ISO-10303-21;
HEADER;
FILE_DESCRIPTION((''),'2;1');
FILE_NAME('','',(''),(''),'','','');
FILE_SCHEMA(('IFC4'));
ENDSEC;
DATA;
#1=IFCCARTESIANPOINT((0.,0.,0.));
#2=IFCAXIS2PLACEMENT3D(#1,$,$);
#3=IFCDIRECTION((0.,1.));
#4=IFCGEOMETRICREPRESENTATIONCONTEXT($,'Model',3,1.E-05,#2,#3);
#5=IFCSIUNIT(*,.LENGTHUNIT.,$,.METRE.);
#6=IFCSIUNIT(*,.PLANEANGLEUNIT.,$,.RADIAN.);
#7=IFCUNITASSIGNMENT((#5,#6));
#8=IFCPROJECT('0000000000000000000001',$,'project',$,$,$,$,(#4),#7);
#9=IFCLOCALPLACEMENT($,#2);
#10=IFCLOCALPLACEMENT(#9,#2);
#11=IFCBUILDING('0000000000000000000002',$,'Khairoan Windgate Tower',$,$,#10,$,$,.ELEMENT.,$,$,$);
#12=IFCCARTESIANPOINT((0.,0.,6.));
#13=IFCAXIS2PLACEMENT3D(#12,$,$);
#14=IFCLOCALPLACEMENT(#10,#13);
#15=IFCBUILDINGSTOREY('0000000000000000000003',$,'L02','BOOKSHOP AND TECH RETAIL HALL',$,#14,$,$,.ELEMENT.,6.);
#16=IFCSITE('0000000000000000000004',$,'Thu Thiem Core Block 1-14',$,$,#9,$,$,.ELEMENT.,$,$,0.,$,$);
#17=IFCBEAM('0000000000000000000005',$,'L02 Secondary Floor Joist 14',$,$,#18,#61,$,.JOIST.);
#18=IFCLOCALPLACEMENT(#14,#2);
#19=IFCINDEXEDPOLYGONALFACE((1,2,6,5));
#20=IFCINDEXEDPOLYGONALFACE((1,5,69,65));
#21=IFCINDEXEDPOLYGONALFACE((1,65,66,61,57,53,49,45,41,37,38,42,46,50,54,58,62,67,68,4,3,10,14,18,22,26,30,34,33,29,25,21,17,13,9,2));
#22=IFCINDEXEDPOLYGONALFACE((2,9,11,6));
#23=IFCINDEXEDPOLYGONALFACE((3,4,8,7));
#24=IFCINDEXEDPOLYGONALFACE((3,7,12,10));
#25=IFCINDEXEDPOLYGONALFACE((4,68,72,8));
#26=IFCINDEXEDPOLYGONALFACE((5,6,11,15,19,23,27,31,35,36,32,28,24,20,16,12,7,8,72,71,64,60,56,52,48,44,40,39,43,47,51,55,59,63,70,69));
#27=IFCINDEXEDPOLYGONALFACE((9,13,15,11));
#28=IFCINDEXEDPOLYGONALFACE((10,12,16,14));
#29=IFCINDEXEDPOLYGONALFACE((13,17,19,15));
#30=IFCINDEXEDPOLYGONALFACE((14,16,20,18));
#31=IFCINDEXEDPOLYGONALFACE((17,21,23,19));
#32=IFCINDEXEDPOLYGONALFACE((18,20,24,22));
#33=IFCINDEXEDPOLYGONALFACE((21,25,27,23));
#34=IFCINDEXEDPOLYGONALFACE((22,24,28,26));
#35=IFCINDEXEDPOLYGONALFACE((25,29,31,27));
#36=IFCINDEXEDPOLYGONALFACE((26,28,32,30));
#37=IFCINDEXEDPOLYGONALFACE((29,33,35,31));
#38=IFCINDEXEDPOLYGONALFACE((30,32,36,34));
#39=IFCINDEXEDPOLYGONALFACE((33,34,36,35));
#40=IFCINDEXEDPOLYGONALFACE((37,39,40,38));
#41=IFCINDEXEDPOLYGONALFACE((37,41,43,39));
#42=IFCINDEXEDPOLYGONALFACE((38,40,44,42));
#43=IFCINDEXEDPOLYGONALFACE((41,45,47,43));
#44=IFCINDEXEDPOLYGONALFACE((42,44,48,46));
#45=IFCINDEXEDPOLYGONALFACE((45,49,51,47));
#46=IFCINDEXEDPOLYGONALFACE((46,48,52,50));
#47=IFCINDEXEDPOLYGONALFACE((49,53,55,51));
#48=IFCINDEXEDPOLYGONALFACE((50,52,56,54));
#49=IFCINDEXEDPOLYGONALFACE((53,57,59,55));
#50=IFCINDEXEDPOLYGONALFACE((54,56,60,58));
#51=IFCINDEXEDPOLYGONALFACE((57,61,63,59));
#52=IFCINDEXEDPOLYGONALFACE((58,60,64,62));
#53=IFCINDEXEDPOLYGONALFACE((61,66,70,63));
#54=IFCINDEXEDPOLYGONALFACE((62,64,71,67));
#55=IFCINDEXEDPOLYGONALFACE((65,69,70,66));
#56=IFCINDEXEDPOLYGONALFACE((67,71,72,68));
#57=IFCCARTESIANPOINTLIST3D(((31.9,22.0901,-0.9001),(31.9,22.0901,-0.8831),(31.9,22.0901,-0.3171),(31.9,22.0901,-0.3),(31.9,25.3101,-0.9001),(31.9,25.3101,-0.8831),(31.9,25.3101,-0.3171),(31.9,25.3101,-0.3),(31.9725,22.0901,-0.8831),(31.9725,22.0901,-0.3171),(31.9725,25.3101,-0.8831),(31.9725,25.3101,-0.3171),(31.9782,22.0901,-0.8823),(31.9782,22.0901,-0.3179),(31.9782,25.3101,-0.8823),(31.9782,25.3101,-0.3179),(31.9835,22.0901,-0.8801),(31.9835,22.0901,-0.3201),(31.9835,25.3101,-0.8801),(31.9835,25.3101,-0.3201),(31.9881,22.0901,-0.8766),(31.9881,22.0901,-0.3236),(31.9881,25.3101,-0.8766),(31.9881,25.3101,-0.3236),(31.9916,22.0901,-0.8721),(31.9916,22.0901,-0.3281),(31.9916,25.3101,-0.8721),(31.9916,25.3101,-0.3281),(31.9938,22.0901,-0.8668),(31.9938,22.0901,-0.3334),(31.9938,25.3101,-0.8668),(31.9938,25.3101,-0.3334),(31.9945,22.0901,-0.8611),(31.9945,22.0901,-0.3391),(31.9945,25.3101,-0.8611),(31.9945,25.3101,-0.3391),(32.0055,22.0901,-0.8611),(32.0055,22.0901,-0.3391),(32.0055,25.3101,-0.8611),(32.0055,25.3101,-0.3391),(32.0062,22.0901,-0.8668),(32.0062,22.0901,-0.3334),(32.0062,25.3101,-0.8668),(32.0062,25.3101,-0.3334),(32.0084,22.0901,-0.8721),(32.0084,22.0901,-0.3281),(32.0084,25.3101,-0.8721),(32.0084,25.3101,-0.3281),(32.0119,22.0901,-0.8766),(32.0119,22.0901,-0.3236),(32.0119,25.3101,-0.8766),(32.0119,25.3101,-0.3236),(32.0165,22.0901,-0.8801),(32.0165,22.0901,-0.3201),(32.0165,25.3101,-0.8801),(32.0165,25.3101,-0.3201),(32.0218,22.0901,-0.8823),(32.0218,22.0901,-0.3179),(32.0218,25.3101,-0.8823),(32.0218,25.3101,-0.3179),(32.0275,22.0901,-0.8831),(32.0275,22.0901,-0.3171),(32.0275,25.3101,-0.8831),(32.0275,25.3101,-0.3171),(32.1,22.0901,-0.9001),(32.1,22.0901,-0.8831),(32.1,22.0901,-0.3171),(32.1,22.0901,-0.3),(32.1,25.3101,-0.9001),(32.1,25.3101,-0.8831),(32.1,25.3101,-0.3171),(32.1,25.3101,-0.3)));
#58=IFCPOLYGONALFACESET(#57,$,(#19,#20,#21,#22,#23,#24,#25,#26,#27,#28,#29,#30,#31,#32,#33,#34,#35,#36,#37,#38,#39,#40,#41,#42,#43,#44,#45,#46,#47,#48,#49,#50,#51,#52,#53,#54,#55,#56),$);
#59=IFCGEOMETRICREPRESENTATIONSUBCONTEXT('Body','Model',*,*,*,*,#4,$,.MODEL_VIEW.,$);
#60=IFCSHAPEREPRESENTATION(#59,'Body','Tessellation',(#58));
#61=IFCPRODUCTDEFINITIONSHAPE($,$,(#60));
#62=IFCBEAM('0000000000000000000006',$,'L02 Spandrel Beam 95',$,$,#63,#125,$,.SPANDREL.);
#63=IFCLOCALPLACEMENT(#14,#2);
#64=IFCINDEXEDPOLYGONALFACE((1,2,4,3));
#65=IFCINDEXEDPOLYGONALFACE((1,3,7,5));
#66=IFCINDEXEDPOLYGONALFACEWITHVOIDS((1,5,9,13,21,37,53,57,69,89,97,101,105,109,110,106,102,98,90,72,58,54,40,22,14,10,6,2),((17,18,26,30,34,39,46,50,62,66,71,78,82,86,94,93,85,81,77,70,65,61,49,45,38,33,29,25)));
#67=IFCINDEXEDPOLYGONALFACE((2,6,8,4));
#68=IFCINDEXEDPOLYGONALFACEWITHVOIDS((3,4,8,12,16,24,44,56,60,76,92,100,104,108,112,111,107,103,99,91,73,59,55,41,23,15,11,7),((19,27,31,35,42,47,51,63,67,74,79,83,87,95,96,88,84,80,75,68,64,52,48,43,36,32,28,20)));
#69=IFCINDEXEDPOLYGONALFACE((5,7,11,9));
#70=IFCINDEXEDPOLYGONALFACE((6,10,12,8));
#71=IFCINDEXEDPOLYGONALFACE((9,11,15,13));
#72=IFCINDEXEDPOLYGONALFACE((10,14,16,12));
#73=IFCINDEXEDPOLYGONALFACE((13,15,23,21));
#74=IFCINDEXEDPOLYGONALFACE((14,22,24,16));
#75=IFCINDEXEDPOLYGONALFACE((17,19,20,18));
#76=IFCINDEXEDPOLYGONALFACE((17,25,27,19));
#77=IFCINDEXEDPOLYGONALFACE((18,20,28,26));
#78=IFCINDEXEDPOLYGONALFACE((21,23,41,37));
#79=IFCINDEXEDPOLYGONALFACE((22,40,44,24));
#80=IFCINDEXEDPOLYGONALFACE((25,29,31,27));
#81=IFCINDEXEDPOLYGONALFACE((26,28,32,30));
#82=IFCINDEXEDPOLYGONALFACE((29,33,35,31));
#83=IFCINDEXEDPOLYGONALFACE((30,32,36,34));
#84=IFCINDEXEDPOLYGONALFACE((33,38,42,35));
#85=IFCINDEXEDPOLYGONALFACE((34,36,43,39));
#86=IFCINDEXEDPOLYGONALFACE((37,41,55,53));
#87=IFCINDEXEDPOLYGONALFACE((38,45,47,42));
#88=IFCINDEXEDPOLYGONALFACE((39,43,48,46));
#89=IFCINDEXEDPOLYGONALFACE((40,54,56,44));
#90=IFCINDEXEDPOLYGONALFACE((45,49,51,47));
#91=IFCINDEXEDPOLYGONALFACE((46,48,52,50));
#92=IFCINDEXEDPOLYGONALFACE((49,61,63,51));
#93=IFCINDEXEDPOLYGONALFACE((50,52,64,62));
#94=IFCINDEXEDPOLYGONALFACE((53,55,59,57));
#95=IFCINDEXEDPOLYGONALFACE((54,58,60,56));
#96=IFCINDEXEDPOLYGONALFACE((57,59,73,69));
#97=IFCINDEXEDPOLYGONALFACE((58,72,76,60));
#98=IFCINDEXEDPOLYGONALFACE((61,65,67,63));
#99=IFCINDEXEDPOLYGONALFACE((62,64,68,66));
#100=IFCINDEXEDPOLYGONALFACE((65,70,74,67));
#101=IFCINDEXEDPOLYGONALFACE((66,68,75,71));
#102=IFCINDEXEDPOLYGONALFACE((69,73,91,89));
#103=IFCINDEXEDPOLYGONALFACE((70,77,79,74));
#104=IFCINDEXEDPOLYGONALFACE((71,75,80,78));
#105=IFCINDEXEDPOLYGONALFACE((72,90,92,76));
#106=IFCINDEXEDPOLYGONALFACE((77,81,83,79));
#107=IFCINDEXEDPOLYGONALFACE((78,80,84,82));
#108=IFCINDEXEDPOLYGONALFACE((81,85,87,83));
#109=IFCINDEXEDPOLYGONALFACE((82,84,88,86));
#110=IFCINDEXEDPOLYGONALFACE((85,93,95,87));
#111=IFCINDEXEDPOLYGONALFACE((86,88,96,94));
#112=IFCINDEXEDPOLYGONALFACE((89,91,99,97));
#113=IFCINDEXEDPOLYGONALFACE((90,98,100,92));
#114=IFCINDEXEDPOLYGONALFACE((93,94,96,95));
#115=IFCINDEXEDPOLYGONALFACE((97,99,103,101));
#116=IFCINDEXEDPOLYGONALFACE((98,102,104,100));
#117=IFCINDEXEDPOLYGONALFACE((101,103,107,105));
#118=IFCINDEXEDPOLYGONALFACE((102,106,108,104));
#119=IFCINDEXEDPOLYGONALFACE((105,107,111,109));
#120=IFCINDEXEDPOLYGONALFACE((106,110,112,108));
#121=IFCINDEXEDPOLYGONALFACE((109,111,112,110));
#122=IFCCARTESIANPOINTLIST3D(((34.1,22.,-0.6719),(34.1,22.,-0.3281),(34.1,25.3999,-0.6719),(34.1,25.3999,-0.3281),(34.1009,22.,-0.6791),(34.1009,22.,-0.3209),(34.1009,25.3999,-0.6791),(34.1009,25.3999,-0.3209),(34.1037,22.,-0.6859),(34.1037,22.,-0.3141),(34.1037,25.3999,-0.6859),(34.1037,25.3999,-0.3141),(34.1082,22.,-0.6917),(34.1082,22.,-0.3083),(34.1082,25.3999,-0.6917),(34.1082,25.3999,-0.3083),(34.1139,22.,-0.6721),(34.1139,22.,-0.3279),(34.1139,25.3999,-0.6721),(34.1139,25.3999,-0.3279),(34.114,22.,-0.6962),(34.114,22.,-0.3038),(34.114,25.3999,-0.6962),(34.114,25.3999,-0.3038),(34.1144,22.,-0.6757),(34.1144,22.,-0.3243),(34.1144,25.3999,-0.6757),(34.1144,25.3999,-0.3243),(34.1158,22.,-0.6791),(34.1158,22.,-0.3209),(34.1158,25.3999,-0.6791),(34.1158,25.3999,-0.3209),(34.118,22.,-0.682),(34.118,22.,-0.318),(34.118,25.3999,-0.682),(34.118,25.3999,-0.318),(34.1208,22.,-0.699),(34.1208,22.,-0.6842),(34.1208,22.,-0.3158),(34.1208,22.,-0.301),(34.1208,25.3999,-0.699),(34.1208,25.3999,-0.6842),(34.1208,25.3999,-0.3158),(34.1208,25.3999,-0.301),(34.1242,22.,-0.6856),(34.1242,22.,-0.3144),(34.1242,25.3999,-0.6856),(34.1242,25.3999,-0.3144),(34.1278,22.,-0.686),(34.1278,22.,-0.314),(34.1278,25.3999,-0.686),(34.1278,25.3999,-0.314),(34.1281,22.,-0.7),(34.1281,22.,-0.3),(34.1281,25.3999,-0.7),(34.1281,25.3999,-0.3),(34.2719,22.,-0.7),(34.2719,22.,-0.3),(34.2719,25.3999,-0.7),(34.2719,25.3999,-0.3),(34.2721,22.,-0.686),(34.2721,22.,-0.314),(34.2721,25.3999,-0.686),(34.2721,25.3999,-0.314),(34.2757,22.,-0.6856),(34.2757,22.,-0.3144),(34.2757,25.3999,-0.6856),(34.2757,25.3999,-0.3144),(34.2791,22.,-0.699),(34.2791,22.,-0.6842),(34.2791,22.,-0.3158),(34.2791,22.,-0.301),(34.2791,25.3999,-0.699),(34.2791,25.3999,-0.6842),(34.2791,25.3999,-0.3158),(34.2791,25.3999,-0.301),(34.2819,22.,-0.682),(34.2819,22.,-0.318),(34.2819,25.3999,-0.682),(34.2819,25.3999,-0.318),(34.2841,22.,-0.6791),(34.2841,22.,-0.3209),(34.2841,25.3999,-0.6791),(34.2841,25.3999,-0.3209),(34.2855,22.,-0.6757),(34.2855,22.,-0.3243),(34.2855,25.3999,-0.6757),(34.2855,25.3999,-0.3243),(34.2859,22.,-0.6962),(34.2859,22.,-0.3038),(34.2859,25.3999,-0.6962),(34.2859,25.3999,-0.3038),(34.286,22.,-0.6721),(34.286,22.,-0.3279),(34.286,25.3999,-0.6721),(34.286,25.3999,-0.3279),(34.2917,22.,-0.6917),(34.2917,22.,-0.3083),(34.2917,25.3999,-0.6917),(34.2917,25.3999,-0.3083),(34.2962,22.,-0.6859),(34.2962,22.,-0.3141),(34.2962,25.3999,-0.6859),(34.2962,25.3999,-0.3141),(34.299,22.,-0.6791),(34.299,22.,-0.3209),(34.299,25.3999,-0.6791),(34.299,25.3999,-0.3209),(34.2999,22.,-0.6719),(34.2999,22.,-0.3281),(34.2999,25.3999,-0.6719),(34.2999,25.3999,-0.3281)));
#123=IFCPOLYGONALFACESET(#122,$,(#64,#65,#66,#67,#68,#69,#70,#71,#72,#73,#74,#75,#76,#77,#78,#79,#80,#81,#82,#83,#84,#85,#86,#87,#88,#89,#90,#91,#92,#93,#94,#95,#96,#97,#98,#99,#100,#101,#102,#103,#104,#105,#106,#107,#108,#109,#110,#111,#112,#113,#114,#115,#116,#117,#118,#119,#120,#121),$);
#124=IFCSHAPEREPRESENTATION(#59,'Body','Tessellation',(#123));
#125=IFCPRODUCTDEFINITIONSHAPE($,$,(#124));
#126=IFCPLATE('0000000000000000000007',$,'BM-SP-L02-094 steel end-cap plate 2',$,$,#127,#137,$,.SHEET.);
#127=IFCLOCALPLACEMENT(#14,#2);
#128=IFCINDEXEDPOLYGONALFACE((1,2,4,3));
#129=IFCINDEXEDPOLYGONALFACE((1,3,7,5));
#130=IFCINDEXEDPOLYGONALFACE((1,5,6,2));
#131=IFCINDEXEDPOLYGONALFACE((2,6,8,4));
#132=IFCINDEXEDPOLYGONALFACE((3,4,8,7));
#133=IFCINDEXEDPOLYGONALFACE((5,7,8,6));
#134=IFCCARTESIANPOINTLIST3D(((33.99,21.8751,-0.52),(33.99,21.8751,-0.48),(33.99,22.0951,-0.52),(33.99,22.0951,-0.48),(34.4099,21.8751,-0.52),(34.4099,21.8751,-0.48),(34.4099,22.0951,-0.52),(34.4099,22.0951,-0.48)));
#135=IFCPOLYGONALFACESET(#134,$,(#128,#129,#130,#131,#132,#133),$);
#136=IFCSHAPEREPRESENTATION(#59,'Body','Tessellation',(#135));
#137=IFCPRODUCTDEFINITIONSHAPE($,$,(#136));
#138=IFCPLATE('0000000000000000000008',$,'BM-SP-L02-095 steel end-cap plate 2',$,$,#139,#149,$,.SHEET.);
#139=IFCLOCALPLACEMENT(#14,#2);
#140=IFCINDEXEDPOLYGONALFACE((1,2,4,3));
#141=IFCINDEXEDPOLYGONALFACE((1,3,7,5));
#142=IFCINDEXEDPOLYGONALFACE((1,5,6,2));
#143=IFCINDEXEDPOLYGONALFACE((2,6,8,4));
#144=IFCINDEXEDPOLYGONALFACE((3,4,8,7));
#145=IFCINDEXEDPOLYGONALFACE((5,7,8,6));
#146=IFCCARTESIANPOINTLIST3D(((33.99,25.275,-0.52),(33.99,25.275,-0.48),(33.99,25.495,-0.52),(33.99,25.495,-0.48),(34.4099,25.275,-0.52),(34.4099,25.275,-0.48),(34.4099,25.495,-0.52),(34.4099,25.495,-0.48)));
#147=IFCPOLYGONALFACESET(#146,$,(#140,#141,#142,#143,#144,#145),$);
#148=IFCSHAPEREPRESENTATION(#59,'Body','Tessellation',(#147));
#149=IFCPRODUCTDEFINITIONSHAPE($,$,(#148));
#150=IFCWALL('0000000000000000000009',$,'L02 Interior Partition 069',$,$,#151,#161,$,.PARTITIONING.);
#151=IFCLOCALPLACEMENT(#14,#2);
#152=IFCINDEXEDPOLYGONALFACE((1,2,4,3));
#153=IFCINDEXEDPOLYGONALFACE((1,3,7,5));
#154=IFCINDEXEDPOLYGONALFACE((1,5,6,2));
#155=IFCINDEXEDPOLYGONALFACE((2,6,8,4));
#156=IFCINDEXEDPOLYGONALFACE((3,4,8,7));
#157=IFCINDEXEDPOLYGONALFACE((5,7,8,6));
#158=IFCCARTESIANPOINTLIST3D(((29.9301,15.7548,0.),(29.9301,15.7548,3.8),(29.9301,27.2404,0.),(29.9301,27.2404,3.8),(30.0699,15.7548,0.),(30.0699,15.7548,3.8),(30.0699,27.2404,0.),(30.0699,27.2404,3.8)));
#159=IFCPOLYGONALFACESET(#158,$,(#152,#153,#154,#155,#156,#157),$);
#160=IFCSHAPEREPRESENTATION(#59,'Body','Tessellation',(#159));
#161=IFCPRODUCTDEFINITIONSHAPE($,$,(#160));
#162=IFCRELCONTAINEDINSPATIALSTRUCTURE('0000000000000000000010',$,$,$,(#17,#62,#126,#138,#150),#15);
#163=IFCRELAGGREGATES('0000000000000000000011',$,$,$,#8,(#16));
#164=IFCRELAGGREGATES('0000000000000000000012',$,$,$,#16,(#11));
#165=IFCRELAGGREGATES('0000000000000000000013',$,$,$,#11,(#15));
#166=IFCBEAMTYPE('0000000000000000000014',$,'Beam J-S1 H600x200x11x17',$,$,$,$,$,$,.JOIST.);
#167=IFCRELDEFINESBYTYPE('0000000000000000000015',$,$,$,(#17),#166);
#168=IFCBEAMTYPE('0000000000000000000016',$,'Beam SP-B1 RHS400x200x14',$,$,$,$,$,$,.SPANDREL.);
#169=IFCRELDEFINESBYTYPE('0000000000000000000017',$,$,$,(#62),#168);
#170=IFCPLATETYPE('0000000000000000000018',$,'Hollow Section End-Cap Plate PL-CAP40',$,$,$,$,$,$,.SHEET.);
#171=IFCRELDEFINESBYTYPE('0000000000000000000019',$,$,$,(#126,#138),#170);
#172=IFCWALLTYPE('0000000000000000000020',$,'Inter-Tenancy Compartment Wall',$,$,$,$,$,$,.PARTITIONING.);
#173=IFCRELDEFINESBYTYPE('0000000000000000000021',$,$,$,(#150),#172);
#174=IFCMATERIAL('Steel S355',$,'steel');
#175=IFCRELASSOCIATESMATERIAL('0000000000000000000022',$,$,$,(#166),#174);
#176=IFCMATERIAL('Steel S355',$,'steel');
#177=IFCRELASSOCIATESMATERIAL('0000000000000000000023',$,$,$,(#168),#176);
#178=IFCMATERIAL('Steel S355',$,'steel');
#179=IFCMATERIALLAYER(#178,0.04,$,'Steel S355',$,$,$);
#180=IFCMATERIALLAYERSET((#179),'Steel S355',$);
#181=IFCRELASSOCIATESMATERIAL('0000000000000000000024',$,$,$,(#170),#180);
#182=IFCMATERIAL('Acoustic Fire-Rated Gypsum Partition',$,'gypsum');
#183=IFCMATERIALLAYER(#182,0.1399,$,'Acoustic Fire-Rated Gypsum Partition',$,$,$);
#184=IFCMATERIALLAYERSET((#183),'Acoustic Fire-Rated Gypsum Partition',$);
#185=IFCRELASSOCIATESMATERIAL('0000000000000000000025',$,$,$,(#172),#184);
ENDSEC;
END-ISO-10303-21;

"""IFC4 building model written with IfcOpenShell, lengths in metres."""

from ifc_helpers import new_model, si_unit, direction, frame, frame_2d, origin, origin_2d, place, context, subcontext, project, spatial, rectangle, hollow_rectangle, i_section, extrude, material, layer, layer_set, material_profile, profile_set, type_object, element, save


model = new_model("IFC4")

# Units and contexts
model_context = context("Model", 3, precision=1e-05, world=origin(), true_north=direction((0.0, 1.0)))
body_context = subcontext(model_context, "Body", "Model", "MODEL_VIEW")
ifc_project = project(units=[si_unit("LENGTHUNIT", "METRE"), si_unit("PLANEANGLEUNIT", "RADIAN")], contexts=[model_context])

# Site, building, storey
site_placement = place(None, origin())
site = spatial("IfcSite", under=ifc_project, at=site_placement, Name="Thu Thiem Core Block 1-14", CompositionType="ELEMENT", RefElevation=0.0)
building_placement = place(site_placement, origin())
building = spatial("IfcBuilding", under=site, at=building_placement, Name="Khairoan Windgate Tower", CompositionType="ELEMENT")
storey_placement = place(building_placement, frame((0.0, 0.0, 6.0)))
storey = spatial("IfcBuildingStorey", under=building, at=storey_placement, Name="L02", Description="BOOKSHOP AND TECH RETAIL HALL", CompositionType="ELEMENT", Elevation=6.0)

# Beams
ifc_material_1 = material(Name="Steel S355", Category="steel")
ifc_material_profile_1 = material_profile(ifc_material_1, i_section(OverallWidth=0.2, OverallDepth=0.6001, WebThickness=0.011, FlangeThickness=0.0171, FilletRadius=0.022, at=origin_2d()))
ifc_profile_set_1 = profile_set([ifc_material_profile_1], Name="Steel S355")
beam_type_1 = type_object("IfcBeamType", Name="Beam J-S1 H600x200x11x17", PredefinedType="JOIST", material=ifc_profile_set_1)
beam_1_placement = place(storey_placement, frame((32.0, 22.0901, -0.6001), z_axis=(0.0, 1.0, 0.0), x_axis=(-1.0, 0.0, 0.0)))
element("IfcBeam", 1, at=beam_1_placement, inside=storey, type_object=beam_type_1, Name="L02 Secondary Floor Joist 14", PredefinedType="JOIST", context=body_context, shape_type="SweptSolid", body=[
    extrude(i_section(OverallWidth=0.2, OverallDepth=0.6001, WebThickness=0.011, FlangeThickness=0.0171, FilletRadius=0.022, at=origin_2d()), origin(), (0.0, 0.0, 1.0), 3.22),
])
ifc_material_2 = material(Name="Steel S355", Category="steel")
ifc_material_profile_2 = material_profile(ifc_material_2, hollow_rectangle(XDim=0.2, YDim=0.3999, WallThickness=0.0139, InnerFilletRadius=0.0139, OuterFilletRadius=0.0281, at=origin_2d()))
ifc_profile_set_2 = profile_set([ifc_material_profile_2], Name="Steel S355")
beam_type_2 = type_object("IfcBeamType", Name="Beam SP-B1 RHS400x200x14", PredefinedType="SPANDREL", material=ifc_profile_set_2)
beam_2_placement = place(storey_placement, frame((34.2, 22.0, -0.5), z_axis=(0.0, 1.0, 0.0), x_axis=(-1.0, 0.0, 0.0)))
element("IfcBeam", 2, at=beam_2_placement, inside=storey, type_object=beam_type_2, Name="L02 Spandrel Beam 95", PredefinedType="SPANDREL", context=body_context, shape_type="SweptSolid", body=[
    extrude(hollow_rectangle(XDim=0.2, YDim=0.3999, WallThickness=0.0139, InnerFilletRadius=0.0139, OuterFilletRadius=0.0281, at=origin_2d()), origin(), (0.0, 0.0, 1.0), 3.3999),
])

# Plates
ifc_material_3 = material(Name="Steel S355", Category="steel")
ifc_layer_1 = layer(ifc_material_3, 0.04, Name="Steel S355")
ifc_layer_set_1 = layer_set([ifc_layer_1], Name="Steel S355")
plate_type_1 = type_object("IfcPlateType", Name="Hollow Section End-Cap Plate PL-CAP40", PredefinedType="SHEET", material=ifc_layer_set_1)
for number, where, z_axis, x_axis, name in (
    (3, (34.2, 21.9851, -0.52), (0.0, 0.0, 1.0), (0.0, 1.0, 0.0), "BM-SP-L02-094 steel end-cap plate 2"),
    (4, (34.2, 25.385, -0.52), (0.0, 0.0, 1.0), (0.0, 1.0, 0.0), "BM-SP-L02-095 steel end-cap plate 2"),
):
    element("IfcPlate", number, at=place(storey_placement, frame(where, z_axis=z_axis, x_axis=x_axis)), inside=storey, type_object=plate_type_1, Name=name, PredefinedType="SHEET", context=body_context, shape_type="SweptSolid", body=[
        extrude(rectangle(XDim=0.22, YDim=0.4199, at=origin_2d()), origin(), (0.0, 0.0, 1.0), 0.04),
    ])

# Wall
ifc_material_4 = material(Name="Acoustic Fire-Rated Gypsum Partition", Category="gypsum")
ifc_layer_2 = layer(ifc_material_4, 0.1399, Name="Acoustic Fire-Rated Gypsum Partition")
ifc_layer_set_2 = layer_set([ifc_layer_2], Name="Acoustic Fire-Rated Gypsum Partition")
wall_type_1 = type_object("IfcWallType", Name="Inter-Tenancy Compartment Wall", PredefinedType="PARTITIONING", material=ifc_layer_set_2)
wall_1_placement = place(storey_placement, frame((30.0, 15.7549, 0.0), z_axis=(0.0, 0.0, 1.0), x_axis=(0.0, 1.0, 0.0)))
element("IfcWall", 5, at=wall_1_placement, inside=storey, type_object=wall_type_1, Name="L02 Interior Partition 069", PredefinedType="PARTITIONING", context=body_context, shape_type="SweptSolid", body=[
    extrude(rectangle(XDim=11.4856, YDim=0.1399, at=frame_2d((5.7427, 0.0))), origin(), (0.0, 0.0, 1.0), 3.8),
])

save(model, "model.ifc")
